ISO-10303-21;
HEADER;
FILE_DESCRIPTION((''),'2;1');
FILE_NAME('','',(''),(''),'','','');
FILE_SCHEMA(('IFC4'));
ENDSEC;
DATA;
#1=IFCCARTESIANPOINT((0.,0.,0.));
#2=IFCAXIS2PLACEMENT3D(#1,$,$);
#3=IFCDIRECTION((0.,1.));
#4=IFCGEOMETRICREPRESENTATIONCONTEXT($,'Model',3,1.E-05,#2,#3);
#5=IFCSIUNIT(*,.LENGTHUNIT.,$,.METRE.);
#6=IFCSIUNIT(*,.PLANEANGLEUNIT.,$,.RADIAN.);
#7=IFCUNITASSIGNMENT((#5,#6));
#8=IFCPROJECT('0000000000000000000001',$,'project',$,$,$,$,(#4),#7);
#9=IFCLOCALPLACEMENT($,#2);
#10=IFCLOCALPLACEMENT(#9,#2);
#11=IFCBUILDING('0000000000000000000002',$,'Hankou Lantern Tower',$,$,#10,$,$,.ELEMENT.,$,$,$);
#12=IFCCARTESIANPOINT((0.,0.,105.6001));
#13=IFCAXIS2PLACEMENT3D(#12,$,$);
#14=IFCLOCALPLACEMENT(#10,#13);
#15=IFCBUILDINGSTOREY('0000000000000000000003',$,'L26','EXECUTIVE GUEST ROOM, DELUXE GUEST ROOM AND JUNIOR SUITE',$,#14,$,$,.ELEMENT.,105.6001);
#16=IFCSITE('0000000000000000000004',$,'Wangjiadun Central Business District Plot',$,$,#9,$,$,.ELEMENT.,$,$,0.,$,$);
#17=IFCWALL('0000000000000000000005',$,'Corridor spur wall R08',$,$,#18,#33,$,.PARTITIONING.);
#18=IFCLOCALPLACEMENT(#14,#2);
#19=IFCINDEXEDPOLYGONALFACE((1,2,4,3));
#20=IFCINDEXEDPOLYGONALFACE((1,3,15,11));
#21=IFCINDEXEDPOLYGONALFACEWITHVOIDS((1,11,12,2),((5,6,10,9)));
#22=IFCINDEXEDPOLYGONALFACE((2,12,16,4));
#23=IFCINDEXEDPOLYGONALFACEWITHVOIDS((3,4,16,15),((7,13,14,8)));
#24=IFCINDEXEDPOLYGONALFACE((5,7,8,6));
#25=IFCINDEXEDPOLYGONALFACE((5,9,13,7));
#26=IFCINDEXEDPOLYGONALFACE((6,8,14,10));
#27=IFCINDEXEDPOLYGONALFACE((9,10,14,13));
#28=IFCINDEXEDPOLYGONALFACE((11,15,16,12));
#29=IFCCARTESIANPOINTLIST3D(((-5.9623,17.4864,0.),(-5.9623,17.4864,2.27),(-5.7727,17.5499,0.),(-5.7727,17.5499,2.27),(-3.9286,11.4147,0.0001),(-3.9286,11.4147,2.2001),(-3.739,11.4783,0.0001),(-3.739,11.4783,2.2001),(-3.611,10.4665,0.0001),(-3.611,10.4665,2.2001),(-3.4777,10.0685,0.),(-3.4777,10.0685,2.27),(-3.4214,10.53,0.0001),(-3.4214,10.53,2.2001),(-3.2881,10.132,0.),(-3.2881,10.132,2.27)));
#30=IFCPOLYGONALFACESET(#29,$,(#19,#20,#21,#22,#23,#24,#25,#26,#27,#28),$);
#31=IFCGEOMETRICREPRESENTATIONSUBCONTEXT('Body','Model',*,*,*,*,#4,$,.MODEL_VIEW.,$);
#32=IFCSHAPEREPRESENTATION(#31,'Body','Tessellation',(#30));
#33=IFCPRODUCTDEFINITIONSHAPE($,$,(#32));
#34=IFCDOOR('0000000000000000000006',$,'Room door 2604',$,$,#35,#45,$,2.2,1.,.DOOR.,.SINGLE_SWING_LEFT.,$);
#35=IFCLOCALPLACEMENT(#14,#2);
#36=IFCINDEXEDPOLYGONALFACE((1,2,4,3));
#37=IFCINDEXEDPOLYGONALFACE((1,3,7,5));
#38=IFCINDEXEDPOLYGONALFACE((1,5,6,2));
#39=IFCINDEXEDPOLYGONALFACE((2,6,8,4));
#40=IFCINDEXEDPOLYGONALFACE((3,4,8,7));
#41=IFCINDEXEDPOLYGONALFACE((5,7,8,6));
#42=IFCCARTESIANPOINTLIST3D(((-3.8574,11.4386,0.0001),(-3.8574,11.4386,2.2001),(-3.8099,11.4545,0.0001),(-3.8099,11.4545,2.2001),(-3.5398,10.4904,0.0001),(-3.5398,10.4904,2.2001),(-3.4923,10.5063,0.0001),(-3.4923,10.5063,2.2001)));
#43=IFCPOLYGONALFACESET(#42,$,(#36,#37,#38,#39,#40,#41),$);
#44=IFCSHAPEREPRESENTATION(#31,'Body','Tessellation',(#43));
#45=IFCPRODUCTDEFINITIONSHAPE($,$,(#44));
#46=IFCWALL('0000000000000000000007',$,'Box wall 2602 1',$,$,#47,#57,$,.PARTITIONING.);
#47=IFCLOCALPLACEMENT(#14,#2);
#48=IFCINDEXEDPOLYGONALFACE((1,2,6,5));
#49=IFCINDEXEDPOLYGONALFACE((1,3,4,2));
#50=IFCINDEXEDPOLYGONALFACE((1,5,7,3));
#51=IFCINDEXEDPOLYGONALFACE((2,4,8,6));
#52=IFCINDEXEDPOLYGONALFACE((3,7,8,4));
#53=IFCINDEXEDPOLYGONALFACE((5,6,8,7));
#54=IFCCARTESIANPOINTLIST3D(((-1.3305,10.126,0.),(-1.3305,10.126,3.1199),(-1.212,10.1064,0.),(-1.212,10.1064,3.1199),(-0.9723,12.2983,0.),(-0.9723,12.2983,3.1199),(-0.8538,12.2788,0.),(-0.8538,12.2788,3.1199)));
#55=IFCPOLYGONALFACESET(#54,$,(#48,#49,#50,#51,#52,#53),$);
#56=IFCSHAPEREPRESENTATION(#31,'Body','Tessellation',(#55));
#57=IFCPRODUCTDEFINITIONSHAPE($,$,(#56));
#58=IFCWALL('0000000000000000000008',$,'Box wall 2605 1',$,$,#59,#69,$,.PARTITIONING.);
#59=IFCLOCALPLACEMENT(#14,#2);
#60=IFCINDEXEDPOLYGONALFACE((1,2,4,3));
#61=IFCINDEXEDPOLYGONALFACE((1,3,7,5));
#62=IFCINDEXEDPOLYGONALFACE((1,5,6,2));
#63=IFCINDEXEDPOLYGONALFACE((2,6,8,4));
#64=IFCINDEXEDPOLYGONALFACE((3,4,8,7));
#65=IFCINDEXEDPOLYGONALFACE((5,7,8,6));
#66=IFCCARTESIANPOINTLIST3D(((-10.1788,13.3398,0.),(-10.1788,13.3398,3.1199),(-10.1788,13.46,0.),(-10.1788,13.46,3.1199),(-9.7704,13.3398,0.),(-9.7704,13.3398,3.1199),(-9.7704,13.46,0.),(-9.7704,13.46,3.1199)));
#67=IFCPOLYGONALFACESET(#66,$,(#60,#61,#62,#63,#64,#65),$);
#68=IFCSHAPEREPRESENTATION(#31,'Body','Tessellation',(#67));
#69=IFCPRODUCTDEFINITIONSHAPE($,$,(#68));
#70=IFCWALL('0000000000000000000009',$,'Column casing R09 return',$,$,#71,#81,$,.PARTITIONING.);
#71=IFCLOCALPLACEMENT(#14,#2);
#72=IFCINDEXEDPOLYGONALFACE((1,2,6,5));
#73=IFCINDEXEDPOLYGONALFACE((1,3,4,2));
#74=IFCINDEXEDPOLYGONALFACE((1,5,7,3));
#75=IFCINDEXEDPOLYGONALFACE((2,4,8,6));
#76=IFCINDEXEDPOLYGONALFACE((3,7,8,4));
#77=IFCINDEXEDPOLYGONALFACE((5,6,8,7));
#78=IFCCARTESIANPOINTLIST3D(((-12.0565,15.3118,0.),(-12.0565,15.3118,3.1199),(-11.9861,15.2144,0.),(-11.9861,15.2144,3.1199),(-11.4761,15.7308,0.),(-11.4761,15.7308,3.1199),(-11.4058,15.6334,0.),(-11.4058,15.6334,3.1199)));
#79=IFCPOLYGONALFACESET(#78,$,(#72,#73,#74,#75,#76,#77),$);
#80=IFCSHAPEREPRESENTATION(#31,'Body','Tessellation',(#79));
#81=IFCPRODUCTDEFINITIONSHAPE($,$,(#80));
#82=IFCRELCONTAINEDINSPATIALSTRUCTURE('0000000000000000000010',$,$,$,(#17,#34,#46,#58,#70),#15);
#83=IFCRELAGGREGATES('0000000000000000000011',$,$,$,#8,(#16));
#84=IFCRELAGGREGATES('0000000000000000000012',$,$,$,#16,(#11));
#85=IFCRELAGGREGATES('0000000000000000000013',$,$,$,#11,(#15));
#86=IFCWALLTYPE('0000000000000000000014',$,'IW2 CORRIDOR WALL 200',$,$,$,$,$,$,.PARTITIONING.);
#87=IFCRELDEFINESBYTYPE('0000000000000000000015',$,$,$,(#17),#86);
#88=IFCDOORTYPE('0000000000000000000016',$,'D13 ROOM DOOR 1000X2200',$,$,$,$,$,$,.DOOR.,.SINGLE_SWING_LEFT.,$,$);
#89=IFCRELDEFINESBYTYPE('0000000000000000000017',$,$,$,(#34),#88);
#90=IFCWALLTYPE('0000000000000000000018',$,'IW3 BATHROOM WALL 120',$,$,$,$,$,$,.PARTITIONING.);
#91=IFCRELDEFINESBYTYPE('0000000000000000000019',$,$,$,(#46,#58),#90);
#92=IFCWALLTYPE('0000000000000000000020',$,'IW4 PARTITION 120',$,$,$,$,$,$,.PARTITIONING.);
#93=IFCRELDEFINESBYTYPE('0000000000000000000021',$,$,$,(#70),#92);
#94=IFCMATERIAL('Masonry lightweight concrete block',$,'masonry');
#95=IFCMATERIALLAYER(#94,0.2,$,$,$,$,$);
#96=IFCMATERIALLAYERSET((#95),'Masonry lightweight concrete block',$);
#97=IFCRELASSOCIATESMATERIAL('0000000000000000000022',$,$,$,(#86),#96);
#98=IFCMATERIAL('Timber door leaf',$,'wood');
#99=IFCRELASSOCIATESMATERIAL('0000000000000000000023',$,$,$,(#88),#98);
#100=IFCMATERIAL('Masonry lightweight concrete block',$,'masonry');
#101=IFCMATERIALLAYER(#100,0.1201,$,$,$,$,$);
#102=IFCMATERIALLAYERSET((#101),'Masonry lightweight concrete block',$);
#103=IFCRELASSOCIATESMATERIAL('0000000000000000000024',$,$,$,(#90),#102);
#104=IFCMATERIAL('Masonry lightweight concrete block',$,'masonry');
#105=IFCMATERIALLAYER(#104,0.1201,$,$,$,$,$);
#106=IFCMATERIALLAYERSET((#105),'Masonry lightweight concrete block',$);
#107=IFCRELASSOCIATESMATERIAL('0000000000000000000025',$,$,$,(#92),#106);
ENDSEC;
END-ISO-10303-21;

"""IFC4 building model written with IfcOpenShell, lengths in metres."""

from ifc_helpers import new_model, si_unit, direction, frame, frame_2d, origin, place, context, subcontext, project, spatial, rectangle, extrude, material, layer, layer_set, type_object, element, fill, save


model = new_model("IFC4")

# Units and contexts
model_context = context("Model", 3, precision=1e-05, world=origin(), true_north=direction((0.0, 1.0)))
body_context = subcontext(model_context, "Body", "Model", "MODEL_VIEW")
ifc_project = project(units=[si_unit("LENGTHUNIT", "METRE"), si_unit("PLANEANGLEUNIT", "RADIAN")], contexts=[model_context])

# Site, building, storey
site_placement = place(None, origin())
site = spatial("IfcSite", under=ifc_project, at=site_placement, Name="Wangjiadun Central Business District Plot", CompositionType="ELEMENT", RefElevation=0.0)
building_placement = place(site_placement, origin())
building = spatial("IfcBuilding", under=site, at=building_placement, Name="Hankou Lantern Tower", CompositionType="ELEMENT")
storey_placement = place(building_placement, frame((0.0, 0.0, 105.6001)))
storey = spatial("IfcBuildingStorey", under=building, at=storey_placement, Name="L26", Description="EXECUTIVE GUEST ROOM, DELUXE GUEST ROOM AND JUNIOR SUITE", CompositionType="ELEMENT", Elevation=105.6001)

# Shared definitions
ifc_material_1 = material(Name="Masonry lightweight concrete block", Category="masonry")
ifc_layer_1 = layer(ifc_material_1, 0.2)
ifc_layer_set_1 = layer_set([ifc_layer_1], Name="Masonry lightweight concrete block")
wall_type_1 = type_object("IfcWallType", Name="IW2 CORRIDOR WALL 200", PredefinedType="PARTITIONING", material=ifc_layer_set_1)

# Wall, opening, door
wall_1_placement = place(storey_placement, frame((-3.3828, 10.1001, 0.0), z_axis=(0.0, 0.0, 1.0), x_axis=(-0.317604, 0.948224, 0.0)))
wall_1 = element("IfcWall", 1, at=wall_1_placement, inside=storey, type_object=wall_type_1, Name="Corridor spur wall R08", PredefinedType="PARTITIONING", context=body_context, shape_type="SweptSolid", body=[
    extrude(rectangle(XDim=7.823, YDim=0.2, at=frame_2d((3.9116, 0.0))), origin(), (0.0, 0.0, 1.0), 2.27),
])
opening_1_placement = place(wall_1_placement, frame((0.4199, 0.0, 0.0)))
opening_1 = element("IfcOpeningElement", 2, at=opening_1_placement, cuts=wall_1, PredefinedType="OPENING", context=body_context, shape_type="SweptSolid", body=[
    extrude(rectangle(XDim=1.0, YDim=2.2, at=frame_2d((0.5, 1.1001))), frame((0.0, 0.1099, 0.0), z_axis=(0.0, -1.0, 0.0), x_axis=(1.0, 0.0, 0.0)), (0.0, 0.0, 1.0), 0.22),
])
ifc_material_2 = material(Name="Timber door leaf", Category="wood")
door_type = type_object("IfcDoorType", Name="D13 ROOM DOOR 1000X2200", OperationType="SINGLE_SWING_LEFT", PredefinedType="DOOR", material=ifc_material_2)
door_placement = place(opening_1_placement, origin())
door = element("IfcDoor", 3, at=door_placement, inside=storey, type_object=door_type, Name="Room door 2604", OperationType="SINGLE_SWING_LEFT", OverallHeight=2.2, OverallWidth=1.0, PredefinedType="DOOR", context=body_context, shape_type="SweptSolid", body=[
    extrude(rectangle(XDim=1.0, YDim=2.2, at=frame_2d((0.5, 1.1001))), frame((0.0, 0.0249, 0.0), z_axis=(0.0, -1.0, 0.0), x_axis=(1.0, 0.0, 0.0)), (0.0, 0.0, 1.0), 0.05),
])
fill(opening_1, door)

# Walls
ifc_material_3 = material(Name="Masonry lightweight concrete block", Category="masonry")
ifc_layer_2 = layer(ifc_material_3, 0.1201)
ifc_layer_set_2 = layer_set([ifc_layer_2], Name="Masonry lightweight concrete block")
wall_type_2 = type_object("IfcWallType", Name="IW3 BATHROOM WALL 120", PredefinedType="PARTITIONING", material=ifc_layer_set_2)
wall_2_placement = place(storey_placement, frame((-1.2712, 10.1162, 0.0), z_axis=(0.0, 0.0, 1.0), x_axis=(0.162672, 0.98668, 0.0)))
element("IfcWall", 4, at=wall_2_placement, inside=storey, type_object=wall_type_2, Name="Box wall 2602 1", PredefinedType="PARTITIONING", context=body_context, shape_type="SweptSolid", body=[
    extrude(rectangle(XDim=2.2017, YDim=0.1201, at=frame_2d((1.1008, 0.0))), origin(), (0.0, 0.0, 1.0), 3.1199),
])
wall_3_placement = place(storey_placement, frame((-9.7705, 13.3999, 0.0), z_axis=(0.0, 0.0, 1.0), x_axis=(-1.0, 0.0, 0.0)))
element("IfcWall", 5, at=wall_3_placement, inside=storey, type_object=wall_type_2, Name="Box wall 2605 1", PredefinedType="PARTITIONING", context=body_context, shape_type="SweptSolid", body=[
    extrude(rectangle(XDim=0.4084, YDim=0.1201, at=frame_2d((0.2041, 0.0))), origin(), (0.0, 0.0, 1.0), 3.1199),
])
ifc_material_4 = material(Name="Masonry lightweight concrete block", Category="masonry")
ifc_layer_3 = layer(ifc_material_4, 0.1201)
ifc_layer_set_3 = layer_set([ifc_layer_3], Name="Masonry lightweight concrete block")
wall_type_3 = type_object("IfcWallType", Name="IW4 PARTITION 120", PredefinedType="PARTITIONING", material=ifc_layer_set_3)
wall_4_placement = place(storey_placement, frame((-11.4409, 15.6821, 0.0), z_axis=(0.0, 0.0, 1.0), x_axis=(-0.810796, -0.585329, 0.0)))
element("IfcWall", 6, at=wall_4_placement, inside=storey, type_object=wall_type_3, Name="Column casing R09 return", PredefinedType="PARTITIONING", context=body_context, shape_type="SweptSolid", body=[
    extrude(rectangle(XDim=0.7158, YDim=0.1201, at=frame_2d((0.3579, 0.0))), origin(), (0.0, 0.0, 1.0), 3.1199),
])

save(model, "model.ifc")
